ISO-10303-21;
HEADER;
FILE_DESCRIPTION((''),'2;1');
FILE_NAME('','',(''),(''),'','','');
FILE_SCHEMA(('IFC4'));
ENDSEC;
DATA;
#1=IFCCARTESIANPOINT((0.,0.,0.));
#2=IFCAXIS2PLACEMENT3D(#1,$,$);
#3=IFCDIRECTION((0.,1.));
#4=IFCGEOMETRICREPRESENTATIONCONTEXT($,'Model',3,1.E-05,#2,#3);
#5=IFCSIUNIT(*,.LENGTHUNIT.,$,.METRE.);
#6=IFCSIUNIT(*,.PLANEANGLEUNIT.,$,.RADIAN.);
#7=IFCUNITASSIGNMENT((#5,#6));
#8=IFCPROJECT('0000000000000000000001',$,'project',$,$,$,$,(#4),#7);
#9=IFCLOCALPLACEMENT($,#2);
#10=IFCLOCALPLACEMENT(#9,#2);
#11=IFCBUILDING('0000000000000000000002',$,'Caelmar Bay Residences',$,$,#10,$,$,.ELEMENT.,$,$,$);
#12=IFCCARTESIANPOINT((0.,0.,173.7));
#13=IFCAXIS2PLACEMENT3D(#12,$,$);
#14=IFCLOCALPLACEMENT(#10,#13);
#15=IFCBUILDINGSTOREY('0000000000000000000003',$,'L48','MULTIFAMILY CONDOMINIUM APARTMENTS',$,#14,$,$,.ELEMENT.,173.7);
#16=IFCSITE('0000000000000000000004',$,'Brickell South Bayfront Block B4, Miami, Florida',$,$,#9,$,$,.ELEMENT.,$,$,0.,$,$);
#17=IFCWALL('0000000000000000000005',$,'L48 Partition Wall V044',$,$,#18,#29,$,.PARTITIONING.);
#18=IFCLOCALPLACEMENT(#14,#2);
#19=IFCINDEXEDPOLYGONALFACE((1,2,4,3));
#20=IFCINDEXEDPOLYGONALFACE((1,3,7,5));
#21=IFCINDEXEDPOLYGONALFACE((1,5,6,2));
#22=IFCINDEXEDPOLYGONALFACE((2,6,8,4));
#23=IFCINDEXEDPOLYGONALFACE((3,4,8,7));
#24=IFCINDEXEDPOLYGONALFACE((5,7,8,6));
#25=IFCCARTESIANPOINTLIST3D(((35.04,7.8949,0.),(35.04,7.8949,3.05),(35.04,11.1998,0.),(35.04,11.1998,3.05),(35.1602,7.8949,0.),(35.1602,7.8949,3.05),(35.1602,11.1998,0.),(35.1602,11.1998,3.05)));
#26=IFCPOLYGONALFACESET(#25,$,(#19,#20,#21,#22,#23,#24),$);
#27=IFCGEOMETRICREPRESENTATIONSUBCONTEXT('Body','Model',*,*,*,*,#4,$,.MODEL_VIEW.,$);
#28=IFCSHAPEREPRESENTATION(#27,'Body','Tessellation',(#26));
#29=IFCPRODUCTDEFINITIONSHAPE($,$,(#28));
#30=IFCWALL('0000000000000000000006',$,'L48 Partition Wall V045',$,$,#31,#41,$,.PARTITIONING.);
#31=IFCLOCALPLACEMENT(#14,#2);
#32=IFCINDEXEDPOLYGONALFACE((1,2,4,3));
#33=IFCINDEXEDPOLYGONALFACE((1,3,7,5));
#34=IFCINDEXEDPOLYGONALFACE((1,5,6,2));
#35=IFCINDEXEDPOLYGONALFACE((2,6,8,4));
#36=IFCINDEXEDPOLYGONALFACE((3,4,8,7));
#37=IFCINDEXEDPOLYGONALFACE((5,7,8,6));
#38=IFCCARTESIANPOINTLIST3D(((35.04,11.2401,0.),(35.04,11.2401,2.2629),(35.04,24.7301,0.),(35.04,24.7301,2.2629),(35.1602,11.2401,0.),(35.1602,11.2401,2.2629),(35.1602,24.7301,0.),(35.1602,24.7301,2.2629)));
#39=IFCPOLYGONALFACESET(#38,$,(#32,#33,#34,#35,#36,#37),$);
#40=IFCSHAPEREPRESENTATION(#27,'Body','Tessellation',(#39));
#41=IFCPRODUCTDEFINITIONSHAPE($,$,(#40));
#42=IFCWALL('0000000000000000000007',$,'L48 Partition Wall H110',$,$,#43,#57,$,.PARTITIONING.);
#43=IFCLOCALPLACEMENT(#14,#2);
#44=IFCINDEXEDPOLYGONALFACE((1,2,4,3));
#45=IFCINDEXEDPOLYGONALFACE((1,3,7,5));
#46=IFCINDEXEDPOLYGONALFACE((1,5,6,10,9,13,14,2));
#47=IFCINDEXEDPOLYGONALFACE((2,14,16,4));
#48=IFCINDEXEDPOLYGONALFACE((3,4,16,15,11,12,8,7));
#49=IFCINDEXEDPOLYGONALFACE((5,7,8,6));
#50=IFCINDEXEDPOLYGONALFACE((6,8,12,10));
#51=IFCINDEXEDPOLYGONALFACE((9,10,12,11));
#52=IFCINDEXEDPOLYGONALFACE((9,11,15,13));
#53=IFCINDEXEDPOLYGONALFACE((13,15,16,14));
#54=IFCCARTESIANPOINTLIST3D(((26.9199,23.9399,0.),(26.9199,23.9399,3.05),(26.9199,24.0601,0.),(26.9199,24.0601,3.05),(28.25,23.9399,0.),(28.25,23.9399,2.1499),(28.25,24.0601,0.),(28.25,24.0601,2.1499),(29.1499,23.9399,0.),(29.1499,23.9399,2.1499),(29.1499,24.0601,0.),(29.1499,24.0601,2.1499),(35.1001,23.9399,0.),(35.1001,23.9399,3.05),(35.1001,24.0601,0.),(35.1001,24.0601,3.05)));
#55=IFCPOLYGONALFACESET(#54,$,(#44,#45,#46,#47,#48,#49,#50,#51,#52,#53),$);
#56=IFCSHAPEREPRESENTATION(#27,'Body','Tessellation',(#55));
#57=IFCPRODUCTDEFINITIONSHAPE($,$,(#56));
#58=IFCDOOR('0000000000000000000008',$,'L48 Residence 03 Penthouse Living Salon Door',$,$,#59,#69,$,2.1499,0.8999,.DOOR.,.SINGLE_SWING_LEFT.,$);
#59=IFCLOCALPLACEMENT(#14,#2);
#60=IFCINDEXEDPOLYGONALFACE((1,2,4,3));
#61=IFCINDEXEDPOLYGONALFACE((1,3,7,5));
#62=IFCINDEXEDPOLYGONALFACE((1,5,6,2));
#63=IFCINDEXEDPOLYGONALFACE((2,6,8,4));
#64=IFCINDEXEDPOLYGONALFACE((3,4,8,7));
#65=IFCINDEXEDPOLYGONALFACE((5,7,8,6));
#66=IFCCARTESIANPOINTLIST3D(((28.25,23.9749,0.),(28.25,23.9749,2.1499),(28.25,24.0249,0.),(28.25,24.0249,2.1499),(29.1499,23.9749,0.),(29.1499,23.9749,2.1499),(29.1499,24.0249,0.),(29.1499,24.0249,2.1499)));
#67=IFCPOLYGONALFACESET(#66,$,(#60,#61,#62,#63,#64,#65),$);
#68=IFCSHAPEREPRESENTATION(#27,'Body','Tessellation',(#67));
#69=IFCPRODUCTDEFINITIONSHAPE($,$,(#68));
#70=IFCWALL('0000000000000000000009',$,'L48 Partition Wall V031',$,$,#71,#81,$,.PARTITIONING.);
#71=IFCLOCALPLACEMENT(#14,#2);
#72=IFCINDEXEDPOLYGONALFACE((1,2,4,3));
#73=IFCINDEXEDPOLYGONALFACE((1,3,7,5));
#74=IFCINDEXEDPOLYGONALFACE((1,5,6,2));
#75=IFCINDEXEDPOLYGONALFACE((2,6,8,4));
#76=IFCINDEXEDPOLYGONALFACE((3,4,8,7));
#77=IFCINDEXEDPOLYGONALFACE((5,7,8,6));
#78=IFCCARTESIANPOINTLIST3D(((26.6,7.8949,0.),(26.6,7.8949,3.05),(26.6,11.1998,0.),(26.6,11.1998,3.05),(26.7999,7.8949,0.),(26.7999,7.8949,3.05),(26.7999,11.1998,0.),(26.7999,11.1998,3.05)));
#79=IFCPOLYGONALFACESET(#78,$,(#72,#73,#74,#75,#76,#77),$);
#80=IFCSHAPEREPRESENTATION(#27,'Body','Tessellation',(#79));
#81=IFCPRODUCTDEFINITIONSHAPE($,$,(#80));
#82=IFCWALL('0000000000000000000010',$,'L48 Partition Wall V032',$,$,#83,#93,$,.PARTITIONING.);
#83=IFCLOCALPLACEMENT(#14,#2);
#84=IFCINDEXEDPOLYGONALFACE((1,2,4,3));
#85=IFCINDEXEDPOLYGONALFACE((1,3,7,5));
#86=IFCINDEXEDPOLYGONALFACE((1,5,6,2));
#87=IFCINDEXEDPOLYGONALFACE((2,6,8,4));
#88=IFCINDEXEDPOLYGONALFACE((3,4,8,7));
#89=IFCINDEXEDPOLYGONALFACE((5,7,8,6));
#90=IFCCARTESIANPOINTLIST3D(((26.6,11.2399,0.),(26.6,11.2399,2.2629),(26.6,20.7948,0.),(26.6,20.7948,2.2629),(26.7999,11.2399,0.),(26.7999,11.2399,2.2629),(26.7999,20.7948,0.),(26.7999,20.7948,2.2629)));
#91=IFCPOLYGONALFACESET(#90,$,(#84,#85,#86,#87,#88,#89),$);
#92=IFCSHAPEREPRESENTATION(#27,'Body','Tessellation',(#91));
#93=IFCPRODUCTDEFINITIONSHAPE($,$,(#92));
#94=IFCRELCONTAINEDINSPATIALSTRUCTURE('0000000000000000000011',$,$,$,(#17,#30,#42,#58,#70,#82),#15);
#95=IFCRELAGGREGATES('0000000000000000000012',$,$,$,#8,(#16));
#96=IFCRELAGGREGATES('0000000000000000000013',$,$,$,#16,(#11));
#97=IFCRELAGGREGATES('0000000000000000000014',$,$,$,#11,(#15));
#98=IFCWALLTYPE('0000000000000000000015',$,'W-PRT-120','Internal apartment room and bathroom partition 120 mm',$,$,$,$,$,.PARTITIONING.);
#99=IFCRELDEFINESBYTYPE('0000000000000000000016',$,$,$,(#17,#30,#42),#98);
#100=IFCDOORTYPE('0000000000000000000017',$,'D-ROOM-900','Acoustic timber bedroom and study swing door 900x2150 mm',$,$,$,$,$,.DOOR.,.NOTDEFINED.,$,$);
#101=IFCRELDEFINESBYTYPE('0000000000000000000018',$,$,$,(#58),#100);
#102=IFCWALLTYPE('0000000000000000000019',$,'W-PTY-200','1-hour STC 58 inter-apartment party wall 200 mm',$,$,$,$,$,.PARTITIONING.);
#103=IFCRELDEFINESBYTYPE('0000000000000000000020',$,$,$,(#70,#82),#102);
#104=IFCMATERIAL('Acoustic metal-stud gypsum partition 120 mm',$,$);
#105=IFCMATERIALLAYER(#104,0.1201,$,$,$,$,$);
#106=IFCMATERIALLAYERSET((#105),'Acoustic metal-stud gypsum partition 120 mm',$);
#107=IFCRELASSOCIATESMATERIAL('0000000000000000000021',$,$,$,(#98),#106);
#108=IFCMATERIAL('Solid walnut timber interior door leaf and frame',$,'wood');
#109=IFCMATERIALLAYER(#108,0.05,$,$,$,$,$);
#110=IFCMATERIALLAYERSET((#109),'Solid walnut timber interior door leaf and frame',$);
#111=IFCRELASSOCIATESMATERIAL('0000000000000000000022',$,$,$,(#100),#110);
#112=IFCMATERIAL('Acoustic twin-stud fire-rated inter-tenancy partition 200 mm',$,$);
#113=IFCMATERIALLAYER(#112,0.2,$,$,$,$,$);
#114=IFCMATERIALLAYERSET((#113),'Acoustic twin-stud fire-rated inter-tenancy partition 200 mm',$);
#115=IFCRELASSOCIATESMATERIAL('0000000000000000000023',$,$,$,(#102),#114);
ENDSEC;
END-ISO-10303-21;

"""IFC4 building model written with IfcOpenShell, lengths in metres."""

from ifc_helpers import new_model, si_unit, direction, frame, frame_2d, origin, place, context, subcontext, project, spatial, rectangle, extrude, material, layer, layer_set, type_object, element, fill, save


model = new_model("IFC4")

# Units and contexts
model_context = context("Model", 3, precision=1e-05, world=origin(), true_north=direction((0.0, 1.0)))
body_context = subcontext(model_context, "Body", "Model", "MODEL_VIEW")
ifc_project = project(units=[si_unit("LENGTHUNIT", "METRE"), si_unit("PLANEANGLEUNIT", "RADIAN")], contexts=[model_context])

# Site, building, storey
site_placement = place(None, origin())
site = spatial("IfcSite", under=ifc_project, at=site_placement, Name="Brickell South Bayfront Block B4, Miami, Florida", CompositionType="ELEMENT", RefElevation=0.0)
building_placement = place(site_placement, origin())
building = spatial("IfcBuilding", under=site, at=building_placement, Name="Caelmar Bay Residences", CompositionType="ELEMENT")
storey_placement = place(building_placement, frame((0.0, 0.0, 173.7)))
storey = spatial("IfcBuildingStorey", under=building, at=storey_placement, Name="L48", Description="MULTIFAMILY CONDOMINIUM APARTMENTS", CompositionType="ELEMENT", Elevation=173.7)

# Walls
ifc_material_1 = material(Name="Acoustic metal-stud gypsum partition 120 mm")
ifc_layer_1 = layer(ifc_material_1, 0.1201)
ifc_layer_set_1 = layer_set([ifc_layer_1], Name="Acoustic metal-stud gypsum partition 120 mm")
wall_type_1 = type_object("IfcWallType", Name="W-PRT-120", Description="Internal apartment room and bathroom partition 120 mm", PredefinedType="PARTITIONING", material=ifc_layer_set_1)
wall_1_placement = place(storey_placement, frame((35.1001, 7.895, 0.0), z_axis=(0.0, 0.0, 1.0), x_axis=(0.0, 1.0, 0.0)))
element("IfcWall", 1, at=wall_1_placement, inside=storey, type_object=wall_type_1, Name="L48 Partition Wall V044", PredefinedType="PARTITIONING", context=body_context, shape_type="SweptSolid", body=[
    extrude(rectangle(XDim=3.3049, YDim=0.1201, at=frame_2d((1.6523, 0.0))), origin(), (0.0, 0.0, 1.0), 3.05),
])
wall_2_placement = place(storey_placement, frame((35.1001, 11.24, 0.0), z_axis=(0.0, 0.0, 1.0), x_axis=(0.0, 1.0, 0.0)))
element("IfcWall", 2, at=wall_2_placement, inside=storey, type_object=wall_type_1, Name="L48 Partition Wall V045", PredefinedType="PARTITIONING", context=body_context, shape_type="SweptSolid", body=[
    extrude(rectangle(XDim=13.49, YDim=0.1201, at=frame_2d((6.7451, 0.0))), origin(), (0.0, 0.0, 1.0), 2.2629),
])

# Wall, opening, door
ifc_material_2 = material(Name="Solid walnut timber interior door leaf and frame", Category="wood")
ifc_layer_2 = layer(ifc_material_2, 0.05)
ifc_layer_set_2 = layer_set([ifc_layer_2], Name="Solid walnut timber interior door leaf and frame")
door_type = type_object("IfcDoorType", Name="D-ROOM-900", Description="Acoustic timber bedroom and study swing door 900x2150 mm", OperationType="NOTDEFINED", PredefinedType="DOOR", material=ifc_layer_set_2)
wall_3_placement = place(storey_placement, frame((26.9199, 24.0, 0.0), z_axis=(0.0, 0.0, 1.0), x_axis=(1.0, 0.0, 0.0)))
wall_3 = element("IfcWall", 3, at=wall_3_placement, inside=storey, type_object=wall_type_1, Name="L48 Partition Wall H110", PredefinedType="PARTITIONING", context=body_context, shape_type="SweptSolid", body=[
    extrude(rectangle(XDim=8.1802, YDim=0.1201, at=frame_2d((4.0901, 0.0))), origin(), (0.0, 0.0, 1.0), 3.05),
])
opening_1_placement = place(wall_3_placement, frame((1.3301, 0.0, 0.0)))
opening_1 = element("IfcOpeningElement", 4, at=opening_1_placement, cuts=wall_3, PredefinedType="OPENING", context=body_context, shape_type="SweptSolid", body=[
    extrude(rectangle(XDim=0.8999, YDim=2.1499, at=frame_2d((0.45, 1.075))), frame((0.0, 0.0701, 0.0), z_axis=(0.0, -1.0, 0.0), x_axis=(1.0, 0.0, 0.0)), (0.0, 0.0, 1.0), 0.1401),
])
door_1_placement = place(opening_1_placement, origin())
door_1 = element("IfcDoor", 5, at=door_1_placement, inside=storey, type_object=door_type, Name="L48 Residence 03 Penthouse Living Salon Door", OperationType="SINGLE_SWING_LEFT", OverallHeight=2.1499, OverallWidth=0.8999, PredefinedType="DOOR", context=body_context, shape_type="SweptSolid", body=[
    extrude(rectangle(XDim=0.8999, YDim=2.1499, at=frame_2d((0.45, 1.075))), frame((0.0, 0.0249, 0.0), z_axis=(0.0, -1.0, 0.0), x_axis=(1.0, 0.0, 0.0)), (0.0, 0.0, 1.0), 0.05),
])
fill(opening_1, door_1)

# Walls
ifc_material_3 = material(Name="Acoustic twin-stud fire-rated inter-tenancy partition 200 mm")
ifc_layer_3 = layer(ifc_material_3, 0.2)
ifc_layer_set_3 = layer_set([ifc_layer_3], Name="Acoustic twin-stud fire-rated inter-tenancy partition 200 mm")
wall_type_2 = type_object("IfcWallType", Name="W-PTY-200", Description="1-hour STC 58 inter-apartment party wall 200 mm", PredefinedType="PARTITIONING", material=ifc_layer_set_3)
wall_4_placement = place(storey_placement, frame((26.7, 7.895, 0.0), z_axis=(0.0, 0.0, 1.0), x_axis=(0.0, 1.0, 0.0)))
element("IfcWall", 6, at=wall_4_placement, inside=storey, type_object=wall_type_2, Name="L48 Partition Wall V031", PredefinedType="PARTITIONING", context=body_context, shape_type="SweptSolid", body=[
    extrude(rectangle(XDim=3.3049, YDim=0.2, at=frame_2d((1.6523, 0.0))), origin(), (0.0, 0.0, 1.0), 3.05),
])
wall_5_placement = place(storey_placement, frame((26.7, 11.24, 0.0), z_axis=(0.0, 0.0, 1.0), x_axis=(0.0, 1.0, 0.0)))
element("IfcWall", 7, at=wall_5_placement, inside=storey, type_object=wall_type_2, Name="L48 Partition Wall V032", PredefinedType="PARTITIONING", context=body_context, shape_type="SweptSolid", body=[
    extrude(rectangle(XDim=9.5549, YDim=0.2, at=frame_2d((4.7773, 0.0))), origin(), (0.0, 0.0, 1.0), 2.2629),
])

save(model, "model.ifc")
